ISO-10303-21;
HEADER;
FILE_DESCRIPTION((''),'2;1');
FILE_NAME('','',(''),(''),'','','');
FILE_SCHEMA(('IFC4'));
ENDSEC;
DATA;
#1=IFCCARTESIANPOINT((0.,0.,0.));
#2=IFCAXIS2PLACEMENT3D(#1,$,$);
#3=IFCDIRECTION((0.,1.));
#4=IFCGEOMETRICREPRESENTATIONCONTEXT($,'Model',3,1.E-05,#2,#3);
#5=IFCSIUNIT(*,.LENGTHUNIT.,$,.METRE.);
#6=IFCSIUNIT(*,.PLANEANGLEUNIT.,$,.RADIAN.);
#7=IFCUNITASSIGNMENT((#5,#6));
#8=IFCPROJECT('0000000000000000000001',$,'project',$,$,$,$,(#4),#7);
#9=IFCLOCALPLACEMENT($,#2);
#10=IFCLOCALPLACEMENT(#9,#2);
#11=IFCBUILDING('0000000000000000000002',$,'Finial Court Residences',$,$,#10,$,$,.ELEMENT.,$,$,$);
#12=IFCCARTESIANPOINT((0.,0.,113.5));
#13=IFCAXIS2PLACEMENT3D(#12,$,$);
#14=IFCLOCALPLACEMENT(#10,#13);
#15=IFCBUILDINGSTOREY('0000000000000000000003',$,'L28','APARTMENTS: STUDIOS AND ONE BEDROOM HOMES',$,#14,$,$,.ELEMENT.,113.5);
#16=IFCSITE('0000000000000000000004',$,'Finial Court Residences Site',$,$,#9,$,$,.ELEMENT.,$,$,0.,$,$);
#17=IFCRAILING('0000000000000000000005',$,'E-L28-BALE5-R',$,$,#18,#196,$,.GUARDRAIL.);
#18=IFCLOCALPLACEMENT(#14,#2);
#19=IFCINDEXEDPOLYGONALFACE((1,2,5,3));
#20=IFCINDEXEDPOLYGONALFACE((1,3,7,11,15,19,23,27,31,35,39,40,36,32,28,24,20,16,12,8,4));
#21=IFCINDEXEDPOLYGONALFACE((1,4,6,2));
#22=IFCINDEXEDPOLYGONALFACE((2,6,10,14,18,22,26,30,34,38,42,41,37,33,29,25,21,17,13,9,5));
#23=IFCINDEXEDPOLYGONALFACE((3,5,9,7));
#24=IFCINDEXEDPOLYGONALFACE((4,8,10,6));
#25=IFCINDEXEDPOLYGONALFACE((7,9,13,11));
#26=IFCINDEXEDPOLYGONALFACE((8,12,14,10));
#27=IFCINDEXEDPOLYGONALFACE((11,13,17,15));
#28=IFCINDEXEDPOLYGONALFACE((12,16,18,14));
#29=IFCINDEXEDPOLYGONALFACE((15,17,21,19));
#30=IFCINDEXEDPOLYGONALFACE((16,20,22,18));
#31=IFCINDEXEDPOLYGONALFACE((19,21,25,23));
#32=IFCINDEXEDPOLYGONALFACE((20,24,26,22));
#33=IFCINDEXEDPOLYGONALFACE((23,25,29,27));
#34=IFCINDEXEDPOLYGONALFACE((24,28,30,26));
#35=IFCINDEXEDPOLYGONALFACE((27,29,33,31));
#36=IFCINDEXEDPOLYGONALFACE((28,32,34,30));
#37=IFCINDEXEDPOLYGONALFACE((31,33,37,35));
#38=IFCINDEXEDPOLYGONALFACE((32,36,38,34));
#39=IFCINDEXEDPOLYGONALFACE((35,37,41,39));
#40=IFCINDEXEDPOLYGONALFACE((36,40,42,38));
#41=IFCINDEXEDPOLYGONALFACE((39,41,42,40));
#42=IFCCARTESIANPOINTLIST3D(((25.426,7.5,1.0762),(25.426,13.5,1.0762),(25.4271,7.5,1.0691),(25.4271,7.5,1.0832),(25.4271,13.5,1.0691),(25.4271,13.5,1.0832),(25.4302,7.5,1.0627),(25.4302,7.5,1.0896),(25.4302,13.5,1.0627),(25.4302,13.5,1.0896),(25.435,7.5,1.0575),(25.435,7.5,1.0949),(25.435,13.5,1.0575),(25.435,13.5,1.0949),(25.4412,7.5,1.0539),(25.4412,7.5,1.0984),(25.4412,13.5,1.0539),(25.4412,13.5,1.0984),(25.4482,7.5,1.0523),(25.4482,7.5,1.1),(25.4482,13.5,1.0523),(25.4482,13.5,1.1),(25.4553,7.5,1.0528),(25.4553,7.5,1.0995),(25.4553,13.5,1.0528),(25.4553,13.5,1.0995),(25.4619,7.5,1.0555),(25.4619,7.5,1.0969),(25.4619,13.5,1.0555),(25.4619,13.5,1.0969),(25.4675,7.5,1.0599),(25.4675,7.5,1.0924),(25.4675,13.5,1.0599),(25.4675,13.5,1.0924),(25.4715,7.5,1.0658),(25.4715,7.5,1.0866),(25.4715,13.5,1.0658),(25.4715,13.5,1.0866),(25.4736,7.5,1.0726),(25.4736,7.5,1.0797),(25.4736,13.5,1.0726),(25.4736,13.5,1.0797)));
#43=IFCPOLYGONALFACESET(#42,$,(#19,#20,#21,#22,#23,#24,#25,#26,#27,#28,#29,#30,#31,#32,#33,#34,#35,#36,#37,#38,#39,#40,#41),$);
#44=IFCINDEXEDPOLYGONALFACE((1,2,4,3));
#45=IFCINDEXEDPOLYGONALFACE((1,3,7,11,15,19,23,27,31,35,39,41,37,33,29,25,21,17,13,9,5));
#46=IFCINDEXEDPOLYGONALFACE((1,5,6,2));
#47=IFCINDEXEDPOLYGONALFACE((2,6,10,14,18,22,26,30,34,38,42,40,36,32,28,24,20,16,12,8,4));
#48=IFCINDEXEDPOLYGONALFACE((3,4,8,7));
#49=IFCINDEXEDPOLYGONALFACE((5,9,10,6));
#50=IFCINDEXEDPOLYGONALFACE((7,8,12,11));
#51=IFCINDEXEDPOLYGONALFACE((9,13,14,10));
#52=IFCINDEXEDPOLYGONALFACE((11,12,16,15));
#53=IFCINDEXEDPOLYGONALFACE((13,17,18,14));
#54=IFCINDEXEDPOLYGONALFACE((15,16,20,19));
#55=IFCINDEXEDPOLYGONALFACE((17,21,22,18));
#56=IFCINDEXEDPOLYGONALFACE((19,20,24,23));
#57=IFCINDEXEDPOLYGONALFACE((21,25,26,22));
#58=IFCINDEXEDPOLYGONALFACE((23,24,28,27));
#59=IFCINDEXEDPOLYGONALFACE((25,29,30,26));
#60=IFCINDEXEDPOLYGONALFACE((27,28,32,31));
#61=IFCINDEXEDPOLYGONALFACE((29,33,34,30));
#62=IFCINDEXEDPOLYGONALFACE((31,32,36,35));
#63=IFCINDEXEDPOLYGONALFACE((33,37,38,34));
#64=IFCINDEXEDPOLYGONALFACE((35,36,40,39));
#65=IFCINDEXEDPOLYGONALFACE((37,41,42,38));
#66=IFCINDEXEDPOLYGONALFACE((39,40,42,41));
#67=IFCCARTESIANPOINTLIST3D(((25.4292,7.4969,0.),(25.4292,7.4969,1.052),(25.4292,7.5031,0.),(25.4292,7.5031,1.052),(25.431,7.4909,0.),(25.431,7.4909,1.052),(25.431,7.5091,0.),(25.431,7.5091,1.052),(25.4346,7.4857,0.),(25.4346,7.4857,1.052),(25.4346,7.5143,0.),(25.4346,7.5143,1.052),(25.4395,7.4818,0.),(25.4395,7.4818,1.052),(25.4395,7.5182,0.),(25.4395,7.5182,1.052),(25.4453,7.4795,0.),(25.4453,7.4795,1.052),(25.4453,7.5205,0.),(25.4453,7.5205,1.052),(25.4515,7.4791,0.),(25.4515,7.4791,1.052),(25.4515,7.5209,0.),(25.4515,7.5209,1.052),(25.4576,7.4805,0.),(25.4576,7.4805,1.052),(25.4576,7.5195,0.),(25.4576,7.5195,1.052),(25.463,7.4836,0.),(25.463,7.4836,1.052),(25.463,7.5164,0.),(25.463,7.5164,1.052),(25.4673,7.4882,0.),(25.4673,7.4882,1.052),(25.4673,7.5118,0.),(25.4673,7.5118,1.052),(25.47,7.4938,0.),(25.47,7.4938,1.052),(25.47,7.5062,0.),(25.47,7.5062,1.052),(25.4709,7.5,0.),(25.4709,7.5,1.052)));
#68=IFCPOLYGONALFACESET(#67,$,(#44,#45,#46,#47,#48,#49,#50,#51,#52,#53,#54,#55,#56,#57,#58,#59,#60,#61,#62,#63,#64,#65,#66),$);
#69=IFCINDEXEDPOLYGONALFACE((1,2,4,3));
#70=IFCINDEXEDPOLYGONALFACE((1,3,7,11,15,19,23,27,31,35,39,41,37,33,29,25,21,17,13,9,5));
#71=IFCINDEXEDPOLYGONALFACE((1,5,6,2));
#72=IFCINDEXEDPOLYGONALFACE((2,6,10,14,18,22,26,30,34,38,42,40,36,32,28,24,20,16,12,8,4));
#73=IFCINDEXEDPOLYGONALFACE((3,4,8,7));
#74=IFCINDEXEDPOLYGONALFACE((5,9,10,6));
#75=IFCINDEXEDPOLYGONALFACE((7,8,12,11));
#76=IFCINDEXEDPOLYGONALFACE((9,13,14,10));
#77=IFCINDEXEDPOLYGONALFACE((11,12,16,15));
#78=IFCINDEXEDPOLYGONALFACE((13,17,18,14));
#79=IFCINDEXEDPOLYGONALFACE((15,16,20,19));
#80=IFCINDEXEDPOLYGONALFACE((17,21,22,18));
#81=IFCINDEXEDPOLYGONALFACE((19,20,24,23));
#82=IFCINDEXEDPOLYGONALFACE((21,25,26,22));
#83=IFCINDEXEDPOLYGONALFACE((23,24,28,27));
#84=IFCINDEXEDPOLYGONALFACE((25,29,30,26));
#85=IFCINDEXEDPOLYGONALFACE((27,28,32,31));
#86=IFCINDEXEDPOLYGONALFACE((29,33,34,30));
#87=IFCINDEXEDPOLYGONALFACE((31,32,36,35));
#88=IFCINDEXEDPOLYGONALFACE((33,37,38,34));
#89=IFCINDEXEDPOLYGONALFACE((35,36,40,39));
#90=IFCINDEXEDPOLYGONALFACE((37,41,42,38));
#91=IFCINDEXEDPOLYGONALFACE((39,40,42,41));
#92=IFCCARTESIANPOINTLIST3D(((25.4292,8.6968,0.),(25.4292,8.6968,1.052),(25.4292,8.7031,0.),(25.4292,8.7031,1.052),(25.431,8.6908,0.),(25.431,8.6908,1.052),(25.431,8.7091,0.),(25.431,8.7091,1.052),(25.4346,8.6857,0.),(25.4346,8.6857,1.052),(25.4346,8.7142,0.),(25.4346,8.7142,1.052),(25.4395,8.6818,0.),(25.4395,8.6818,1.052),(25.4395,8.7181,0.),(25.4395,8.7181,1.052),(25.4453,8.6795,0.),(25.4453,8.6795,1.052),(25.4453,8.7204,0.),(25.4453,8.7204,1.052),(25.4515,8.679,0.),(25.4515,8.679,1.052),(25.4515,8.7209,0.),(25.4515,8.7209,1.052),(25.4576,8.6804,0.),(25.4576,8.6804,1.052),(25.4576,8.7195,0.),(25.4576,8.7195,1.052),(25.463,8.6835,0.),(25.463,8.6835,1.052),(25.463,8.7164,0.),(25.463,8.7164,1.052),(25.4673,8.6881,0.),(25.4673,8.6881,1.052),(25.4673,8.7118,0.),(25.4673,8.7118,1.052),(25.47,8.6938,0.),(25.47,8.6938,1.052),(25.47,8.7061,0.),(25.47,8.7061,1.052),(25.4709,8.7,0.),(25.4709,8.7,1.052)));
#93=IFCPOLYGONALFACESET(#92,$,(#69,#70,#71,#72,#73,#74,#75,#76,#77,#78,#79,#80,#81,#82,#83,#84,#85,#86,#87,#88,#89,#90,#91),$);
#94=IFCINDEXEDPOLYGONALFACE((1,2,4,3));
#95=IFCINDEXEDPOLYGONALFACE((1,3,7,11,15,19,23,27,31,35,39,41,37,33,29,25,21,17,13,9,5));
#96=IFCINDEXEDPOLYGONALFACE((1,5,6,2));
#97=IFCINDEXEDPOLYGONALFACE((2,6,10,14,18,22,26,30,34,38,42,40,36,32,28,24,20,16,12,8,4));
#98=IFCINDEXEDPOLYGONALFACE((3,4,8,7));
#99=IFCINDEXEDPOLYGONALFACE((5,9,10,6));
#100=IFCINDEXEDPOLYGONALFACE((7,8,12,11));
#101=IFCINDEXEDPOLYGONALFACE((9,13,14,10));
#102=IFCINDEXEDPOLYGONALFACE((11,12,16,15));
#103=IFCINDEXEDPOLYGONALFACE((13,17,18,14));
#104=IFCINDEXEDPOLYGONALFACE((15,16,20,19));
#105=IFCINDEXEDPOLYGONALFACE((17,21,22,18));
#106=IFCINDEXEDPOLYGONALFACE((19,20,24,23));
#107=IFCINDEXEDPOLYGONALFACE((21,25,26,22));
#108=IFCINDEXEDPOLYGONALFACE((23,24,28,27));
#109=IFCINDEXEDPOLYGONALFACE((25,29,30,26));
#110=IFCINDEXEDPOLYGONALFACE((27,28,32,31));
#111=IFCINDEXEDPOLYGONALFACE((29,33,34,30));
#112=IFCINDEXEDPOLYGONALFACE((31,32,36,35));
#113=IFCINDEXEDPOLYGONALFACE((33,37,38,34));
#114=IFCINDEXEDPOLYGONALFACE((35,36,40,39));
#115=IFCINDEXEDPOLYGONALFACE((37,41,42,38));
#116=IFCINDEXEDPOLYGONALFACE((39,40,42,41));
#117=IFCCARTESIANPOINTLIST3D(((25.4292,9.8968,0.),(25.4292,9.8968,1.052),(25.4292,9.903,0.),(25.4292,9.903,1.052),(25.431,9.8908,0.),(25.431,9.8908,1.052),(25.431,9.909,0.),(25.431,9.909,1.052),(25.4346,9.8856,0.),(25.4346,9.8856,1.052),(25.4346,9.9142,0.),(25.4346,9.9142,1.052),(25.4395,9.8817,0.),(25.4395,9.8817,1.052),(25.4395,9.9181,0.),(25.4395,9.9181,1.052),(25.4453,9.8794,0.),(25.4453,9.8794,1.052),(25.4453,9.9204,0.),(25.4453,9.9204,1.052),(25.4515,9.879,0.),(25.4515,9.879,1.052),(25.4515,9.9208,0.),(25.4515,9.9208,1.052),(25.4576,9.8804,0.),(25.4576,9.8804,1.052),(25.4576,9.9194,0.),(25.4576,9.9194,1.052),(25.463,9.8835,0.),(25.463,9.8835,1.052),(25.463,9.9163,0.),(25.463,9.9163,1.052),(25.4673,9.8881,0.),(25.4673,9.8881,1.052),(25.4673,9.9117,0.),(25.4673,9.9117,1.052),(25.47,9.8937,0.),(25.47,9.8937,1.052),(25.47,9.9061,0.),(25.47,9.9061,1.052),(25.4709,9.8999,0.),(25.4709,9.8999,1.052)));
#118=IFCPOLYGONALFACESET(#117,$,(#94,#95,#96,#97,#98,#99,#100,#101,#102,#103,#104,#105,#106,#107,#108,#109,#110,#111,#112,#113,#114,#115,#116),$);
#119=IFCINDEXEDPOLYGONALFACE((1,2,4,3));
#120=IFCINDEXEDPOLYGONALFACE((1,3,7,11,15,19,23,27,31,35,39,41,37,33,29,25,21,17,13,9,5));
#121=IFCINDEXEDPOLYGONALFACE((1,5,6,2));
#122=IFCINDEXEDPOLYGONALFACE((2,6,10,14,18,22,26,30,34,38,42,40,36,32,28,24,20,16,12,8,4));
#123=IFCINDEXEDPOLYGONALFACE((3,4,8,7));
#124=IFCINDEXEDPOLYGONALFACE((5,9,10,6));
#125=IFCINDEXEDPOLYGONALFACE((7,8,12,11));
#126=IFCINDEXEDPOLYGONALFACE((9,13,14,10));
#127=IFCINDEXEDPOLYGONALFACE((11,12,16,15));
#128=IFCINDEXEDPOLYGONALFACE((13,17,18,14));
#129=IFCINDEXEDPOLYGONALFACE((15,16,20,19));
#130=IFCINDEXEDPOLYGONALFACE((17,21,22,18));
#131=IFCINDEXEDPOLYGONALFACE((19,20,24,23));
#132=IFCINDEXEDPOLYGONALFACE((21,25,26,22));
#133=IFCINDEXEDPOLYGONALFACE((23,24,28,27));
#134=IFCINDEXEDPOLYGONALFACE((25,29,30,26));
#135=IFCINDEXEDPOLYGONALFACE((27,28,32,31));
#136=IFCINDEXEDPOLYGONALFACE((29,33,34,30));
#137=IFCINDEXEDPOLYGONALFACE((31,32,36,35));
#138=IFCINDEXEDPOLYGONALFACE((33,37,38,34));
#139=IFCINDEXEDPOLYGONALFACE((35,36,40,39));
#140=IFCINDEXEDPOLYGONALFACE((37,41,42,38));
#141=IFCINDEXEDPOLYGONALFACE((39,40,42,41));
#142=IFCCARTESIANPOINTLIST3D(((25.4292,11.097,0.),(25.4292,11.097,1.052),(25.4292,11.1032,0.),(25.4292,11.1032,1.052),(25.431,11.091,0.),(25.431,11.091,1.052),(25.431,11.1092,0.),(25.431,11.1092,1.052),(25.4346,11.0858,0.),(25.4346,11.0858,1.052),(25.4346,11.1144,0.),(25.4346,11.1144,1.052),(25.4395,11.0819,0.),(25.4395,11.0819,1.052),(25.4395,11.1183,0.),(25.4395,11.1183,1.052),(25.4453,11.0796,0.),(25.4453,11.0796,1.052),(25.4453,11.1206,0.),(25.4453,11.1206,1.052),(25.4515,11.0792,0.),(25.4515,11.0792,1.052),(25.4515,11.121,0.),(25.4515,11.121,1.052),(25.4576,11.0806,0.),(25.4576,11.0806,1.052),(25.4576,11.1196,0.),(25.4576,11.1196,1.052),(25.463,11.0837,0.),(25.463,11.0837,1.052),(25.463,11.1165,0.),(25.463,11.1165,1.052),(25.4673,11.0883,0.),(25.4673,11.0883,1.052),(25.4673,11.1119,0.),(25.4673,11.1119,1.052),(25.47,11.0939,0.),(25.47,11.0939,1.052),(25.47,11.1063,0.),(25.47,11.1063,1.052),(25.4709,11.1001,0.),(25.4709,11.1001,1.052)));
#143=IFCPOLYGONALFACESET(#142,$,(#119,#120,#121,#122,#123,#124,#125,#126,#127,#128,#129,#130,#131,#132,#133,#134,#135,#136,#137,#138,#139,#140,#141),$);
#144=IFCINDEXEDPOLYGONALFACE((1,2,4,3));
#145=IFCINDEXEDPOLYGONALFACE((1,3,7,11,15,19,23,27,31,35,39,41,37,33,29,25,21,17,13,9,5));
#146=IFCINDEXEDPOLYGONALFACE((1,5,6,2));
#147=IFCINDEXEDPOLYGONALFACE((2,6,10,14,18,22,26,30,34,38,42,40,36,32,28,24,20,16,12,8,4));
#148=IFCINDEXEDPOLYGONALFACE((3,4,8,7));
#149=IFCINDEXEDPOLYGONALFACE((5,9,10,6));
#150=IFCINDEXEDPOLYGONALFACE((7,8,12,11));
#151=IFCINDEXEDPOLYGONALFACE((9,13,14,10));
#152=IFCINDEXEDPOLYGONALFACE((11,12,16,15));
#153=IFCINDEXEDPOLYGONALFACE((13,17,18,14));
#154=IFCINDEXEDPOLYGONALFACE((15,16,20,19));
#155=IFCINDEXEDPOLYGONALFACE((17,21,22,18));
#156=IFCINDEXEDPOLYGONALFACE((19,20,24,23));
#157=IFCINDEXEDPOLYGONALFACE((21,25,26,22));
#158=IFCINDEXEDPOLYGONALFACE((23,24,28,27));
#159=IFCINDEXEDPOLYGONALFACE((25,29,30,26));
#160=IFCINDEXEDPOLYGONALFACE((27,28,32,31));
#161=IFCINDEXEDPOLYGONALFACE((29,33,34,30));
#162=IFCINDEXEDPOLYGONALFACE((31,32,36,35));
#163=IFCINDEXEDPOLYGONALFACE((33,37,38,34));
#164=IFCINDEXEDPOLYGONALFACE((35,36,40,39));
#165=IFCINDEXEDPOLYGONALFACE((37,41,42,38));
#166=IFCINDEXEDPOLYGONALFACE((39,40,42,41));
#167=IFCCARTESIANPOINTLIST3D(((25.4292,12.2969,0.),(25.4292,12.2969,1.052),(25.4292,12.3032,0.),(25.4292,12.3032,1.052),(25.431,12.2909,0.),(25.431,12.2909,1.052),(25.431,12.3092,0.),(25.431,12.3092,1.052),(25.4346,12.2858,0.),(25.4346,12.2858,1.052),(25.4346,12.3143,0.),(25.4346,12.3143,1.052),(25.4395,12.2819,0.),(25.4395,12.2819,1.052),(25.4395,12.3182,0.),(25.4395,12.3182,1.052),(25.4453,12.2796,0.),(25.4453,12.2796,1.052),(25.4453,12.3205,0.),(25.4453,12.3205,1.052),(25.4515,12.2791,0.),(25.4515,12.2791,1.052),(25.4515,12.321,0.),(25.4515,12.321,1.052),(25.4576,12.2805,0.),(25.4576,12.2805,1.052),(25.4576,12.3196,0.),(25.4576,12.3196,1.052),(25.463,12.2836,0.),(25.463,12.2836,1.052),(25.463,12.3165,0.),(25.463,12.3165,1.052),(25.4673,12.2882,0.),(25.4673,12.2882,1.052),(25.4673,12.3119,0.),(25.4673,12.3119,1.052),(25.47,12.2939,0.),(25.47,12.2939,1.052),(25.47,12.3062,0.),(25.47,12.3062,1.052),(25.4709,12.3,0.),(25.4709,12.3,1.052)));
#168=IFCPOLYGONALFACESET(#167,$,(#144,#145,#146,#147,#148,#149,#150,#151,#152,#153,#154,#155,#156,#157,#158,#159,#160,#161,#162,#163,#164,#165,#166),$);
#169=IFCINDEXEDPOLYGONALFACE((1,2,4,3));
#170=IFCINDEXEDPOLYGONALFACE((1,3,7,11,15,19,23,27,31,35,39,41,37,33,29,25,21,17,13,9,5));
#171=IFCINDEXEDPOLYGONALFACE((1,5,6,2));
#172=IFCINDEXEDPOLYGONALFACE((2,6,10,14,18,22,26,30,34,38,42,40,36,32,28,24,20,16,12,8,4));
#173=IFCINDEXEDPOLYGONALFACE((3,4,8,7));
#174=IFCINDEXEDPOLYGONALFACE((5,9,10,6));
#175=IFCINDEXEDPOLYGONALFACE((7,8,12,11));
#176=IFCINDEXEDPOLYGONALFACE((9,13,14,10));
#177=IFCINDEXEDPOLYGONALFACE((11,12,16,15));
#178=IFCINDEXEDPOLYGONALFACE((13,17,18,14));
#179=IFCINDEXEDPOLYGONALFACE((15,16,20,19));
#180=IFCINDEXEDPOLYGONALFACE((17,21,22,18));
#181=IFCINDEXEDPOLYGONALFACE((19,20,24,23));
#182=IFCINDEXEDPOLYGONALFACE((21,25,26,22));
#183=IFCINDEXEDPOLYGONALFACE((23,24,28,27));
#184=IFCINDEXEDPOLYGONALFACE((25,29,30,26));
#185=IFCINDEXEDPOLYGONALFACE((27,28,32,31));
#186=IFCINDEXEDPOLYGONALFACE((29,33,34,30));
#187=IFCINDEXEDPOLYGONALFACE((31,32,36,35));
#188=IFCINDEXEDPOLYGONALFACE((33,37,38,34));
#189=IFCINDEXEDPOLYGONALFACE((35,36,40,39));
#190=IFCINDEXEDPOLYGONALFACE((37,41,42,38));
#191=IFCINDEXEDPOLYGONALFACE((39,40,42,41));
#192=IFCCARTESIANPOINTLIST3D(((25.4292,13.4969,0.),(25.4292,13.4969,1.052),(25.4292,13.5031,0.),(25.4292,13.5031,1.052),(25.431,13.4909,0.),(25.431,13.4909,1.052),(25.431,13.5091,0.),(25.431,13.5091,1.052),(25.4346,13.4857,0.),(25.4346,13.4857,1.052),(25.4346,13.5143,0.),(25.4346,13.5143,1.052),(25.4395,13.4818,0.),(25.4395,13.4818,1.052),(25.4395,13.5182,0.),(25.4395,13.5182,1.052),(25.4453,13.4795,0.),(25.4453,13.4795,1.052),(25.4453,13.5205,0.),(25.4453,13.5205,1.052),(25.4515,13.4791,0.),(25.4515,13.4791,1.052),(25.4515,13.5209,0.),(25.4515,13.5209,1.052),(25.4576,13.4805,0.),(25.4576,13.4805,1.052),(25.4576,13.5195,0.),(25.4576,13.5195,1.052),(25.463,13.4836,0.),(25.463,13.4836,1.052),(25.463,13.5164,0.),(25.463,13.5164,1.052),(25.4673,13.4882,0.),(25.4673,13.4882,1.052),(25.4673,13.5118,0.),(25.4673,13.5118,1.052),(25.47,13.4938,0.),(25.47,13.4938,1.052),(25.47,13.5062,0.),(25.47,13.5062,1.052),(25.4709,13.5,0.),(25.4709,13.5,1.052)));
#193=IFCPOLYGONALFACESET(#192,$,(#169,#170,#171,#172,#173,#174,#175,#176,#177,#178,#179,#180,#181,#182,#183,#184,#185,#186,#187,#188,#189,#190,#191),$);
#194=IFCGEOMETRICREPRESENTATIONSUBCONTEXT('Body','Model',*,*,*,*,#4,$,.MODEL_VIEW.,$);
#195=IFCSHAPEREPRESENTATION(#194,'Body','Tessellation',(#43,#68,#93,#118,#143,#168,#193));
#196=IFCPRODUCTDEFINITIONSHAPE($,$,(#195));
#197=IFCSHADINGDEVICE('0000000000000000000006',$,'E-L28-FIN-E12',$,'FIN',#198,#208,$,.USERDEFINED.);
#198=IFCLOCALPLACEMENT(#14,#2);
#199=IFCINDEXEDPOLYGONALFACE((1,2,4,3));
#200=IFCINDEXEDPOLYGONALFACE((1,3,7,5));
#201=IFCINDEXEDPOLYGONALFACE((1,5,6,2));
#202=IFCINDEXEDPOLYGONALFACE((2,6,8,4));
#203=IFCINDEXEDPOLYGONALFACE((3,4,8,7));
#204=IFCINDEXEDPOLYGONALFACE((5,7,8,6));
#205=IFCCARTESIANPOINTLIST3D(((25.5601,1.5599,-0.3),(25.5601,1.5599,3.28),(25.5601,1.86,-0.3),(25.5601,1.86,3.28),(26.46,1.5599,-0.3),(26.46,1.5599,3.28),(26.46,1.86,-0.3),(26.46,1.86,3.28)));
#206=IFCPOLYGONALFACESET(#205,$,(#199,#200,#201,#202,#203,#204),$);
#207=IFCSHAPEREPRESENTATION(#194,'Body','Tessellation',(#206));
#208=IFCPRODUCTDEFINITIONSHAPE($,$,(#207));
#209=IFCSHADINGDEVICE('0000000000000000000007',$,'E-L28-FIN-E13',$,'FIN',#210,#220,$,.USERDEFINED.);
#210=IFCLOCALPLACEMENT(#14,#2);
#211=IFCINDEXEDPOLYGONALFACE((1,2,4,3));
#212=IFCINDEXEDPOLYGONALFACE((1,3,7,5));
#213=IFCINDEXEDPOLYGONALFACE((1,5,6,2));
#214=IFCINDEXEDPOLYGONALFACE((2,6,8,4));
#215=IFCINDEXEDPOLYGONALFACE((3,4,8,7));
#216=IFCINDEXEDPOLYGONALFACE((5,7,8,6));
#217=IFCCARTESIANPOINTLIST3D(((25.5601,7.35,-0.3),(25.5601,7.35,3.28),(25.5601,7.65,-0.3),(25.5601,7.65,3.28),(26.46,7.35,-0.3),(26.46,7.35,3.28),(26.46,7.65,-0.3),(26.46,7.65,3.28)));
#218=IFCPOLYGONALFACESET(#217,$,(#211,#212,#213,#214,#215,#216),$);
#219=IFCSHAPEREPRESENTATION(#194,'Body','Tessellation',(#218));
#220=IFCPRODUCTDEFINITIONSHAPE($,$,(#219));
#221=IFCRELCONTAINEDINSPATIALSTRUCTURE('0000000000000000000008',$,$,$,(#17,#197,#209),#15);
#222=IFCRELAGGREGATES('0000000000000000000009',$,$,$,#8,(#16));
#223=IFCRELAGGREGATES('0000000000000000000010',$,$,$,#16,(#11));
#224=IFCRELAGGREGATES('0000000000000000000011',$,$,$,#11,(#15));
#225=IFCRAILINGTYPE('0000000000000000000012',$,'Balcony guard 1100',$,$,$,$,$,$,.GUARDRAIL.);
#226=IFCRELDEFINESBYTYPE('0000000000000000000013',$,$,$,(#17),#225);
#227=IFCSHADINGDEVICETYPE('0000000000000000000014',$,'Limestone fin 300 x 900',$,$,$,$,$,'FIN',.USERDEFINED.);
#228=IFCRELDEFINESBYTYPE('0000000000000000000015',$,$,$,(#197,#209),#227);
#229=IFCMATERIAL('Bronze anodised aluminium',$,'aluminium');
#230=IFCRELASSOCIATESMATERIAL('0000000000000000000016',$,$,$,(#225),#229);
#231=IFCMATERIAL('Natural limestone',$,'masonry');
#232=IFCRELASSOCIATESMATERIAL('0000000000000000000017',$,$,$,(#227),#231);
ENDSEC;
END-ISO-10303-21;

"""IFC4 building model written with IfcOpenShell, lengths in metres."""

from ifc_helpers import new_model, si_unit, direction, frame, origin, origin_2d, place, context, subcontext, project, spatial, rectangle, circle, extrude, material, type_object, element, save


model = new_model("IFC4")

# Units and contexts
model_context = context("Model", 3, precision=1e-05, world=origin(), true_north=direction((0.0, 1.0)))
body_context = subcontext(model_context, "Body", "Model", "MODEL_VIEW")
ifc_project = project(units=[si_unit("LENGTHUNIT", "METRE"), si_unit("PLANEANGLEUNIT", "RADIAN")], contexts=[model_context])

# Site, building, storey
site_placement = place(None, origin())
site = spatial("IfcSite", under=ifc_project, at=site_placement, Name="Finial Court Residences Site", CompositionType="ELEMENT", RefElevation=0.0)
building_placement = place(site_placement, origin())
building = spatial("IfcBuilding", under=site, at=building_placement, Name="Finial Court Residences", CompositionType="ELEMENT")
storey_placement = place(building_placement, frame((0.0, 0.0, 113.5)))
storey = spatial("IfcBuildingStorey", under=building, at=storey_placement, Name="L28", Description="APARTMENTS: STUDIOS AND ONE BEDROOM HOMES", CompositionType="ELEMENT", Elevation=113.5)

# Shared definitions
ifc_material_1 = material(Name="Bronze anodised aluminium", Category="aluminium")

# Shared definitions
ifc_material_2 = material(Name="Natural limestone", Category="masonry")

# Railing
railing_type = type_object("IfcRailingType", Name="Balcony guard 1100", PredefinedType="GUARDRAIL", material=ifc_material_1)
railing_placement = place(storey_placement, frame((25.45, 7.5, 0.0)))
element("IfcRailing", 1, at=railing_placement, inside=storey, type_object=railing_type, Name="E-L28-BALE5-R", PredefinedType="GUARDRAIL", context=body_context, shape_type="SweptSolid", body=[
    extrude(circle(Radius=0.0239, at=origin_2d()), frame((0.0, 0.0, 1.0762), z_axis=(0.0, 1.0, 0.0), x_axis=(-1.0, 0.0, 0.0)), (0.0, 0.0, 1.0), 6.0),
    extrude(circle(Radius=0.021, at=origin_2d()), origin(), (0.0, 0.0, 1.0), 1.052),
    extrude(circle(Radius=0.021, at=origin_2d()), frame((0.0, 1.2, 0.0)), (0.0, 0.0, 1.0), 1.052),
    extrude(circle(Radius=0.021, at=origin_2d()), frame((0.0, 2.3999, 0.0)), (0.0, 0.0, 1.0), 1.052),
    extrude(circle(Radius=0.021, at=origin_2d()), frame((0.0, 3.6001, 0.0)), (0.0, 0.0, 1.0), 1.052),
    extrude(circle(Radius=0.021, at=origin_2d()), frame((0.0, 4.8, 0.0)), (0.0, 0.0, 1.0), 1.052),
    extrude(circle(Radius=0.021, at=origin_2d()), frame((0.0, 6.0, 0.0)), (0.0, 0.0, 1.0), 1.052),
])

# Shading devices
shading_device_type = type_object("IfcShadingDeviceType", Name="Limestone fin 300 x 900", ElementType="FIN", PredefinedType="USERDEFINED", material=ifc_material_2)
for number, where, z_axis, x_axis, name in (
    (2, (26.01, 1.71, -0.3), (0.0, 0.0, 1.0), (1.0, 0.0, 0.0), "E-L28-FIN-E12"),
    (3, (26.01, 7.5, -0.3), (0.0, 0.0, 1.0), (1.0, 0.0, 0.0), "E-L28-FIN-E13"),
):
    element("IfcShadingDevice", number, at=place(storey_placement, frame(where, z_axis=z_axis, x_axis=x_axis)), inside=storey, type_object=shading_device_type, Name=name, ObjectType="FIN", PredefinedType="USERDEFINED", context=body_context, shape_type="SweptSolid", body=[
        extrude(rectangle(XDim=0.8999, YDim=0.3, at=origin_2d()), origin(), (0.0, 0.0, 1.0), 3.5801),
    ])

save(model, "model.ifc")
